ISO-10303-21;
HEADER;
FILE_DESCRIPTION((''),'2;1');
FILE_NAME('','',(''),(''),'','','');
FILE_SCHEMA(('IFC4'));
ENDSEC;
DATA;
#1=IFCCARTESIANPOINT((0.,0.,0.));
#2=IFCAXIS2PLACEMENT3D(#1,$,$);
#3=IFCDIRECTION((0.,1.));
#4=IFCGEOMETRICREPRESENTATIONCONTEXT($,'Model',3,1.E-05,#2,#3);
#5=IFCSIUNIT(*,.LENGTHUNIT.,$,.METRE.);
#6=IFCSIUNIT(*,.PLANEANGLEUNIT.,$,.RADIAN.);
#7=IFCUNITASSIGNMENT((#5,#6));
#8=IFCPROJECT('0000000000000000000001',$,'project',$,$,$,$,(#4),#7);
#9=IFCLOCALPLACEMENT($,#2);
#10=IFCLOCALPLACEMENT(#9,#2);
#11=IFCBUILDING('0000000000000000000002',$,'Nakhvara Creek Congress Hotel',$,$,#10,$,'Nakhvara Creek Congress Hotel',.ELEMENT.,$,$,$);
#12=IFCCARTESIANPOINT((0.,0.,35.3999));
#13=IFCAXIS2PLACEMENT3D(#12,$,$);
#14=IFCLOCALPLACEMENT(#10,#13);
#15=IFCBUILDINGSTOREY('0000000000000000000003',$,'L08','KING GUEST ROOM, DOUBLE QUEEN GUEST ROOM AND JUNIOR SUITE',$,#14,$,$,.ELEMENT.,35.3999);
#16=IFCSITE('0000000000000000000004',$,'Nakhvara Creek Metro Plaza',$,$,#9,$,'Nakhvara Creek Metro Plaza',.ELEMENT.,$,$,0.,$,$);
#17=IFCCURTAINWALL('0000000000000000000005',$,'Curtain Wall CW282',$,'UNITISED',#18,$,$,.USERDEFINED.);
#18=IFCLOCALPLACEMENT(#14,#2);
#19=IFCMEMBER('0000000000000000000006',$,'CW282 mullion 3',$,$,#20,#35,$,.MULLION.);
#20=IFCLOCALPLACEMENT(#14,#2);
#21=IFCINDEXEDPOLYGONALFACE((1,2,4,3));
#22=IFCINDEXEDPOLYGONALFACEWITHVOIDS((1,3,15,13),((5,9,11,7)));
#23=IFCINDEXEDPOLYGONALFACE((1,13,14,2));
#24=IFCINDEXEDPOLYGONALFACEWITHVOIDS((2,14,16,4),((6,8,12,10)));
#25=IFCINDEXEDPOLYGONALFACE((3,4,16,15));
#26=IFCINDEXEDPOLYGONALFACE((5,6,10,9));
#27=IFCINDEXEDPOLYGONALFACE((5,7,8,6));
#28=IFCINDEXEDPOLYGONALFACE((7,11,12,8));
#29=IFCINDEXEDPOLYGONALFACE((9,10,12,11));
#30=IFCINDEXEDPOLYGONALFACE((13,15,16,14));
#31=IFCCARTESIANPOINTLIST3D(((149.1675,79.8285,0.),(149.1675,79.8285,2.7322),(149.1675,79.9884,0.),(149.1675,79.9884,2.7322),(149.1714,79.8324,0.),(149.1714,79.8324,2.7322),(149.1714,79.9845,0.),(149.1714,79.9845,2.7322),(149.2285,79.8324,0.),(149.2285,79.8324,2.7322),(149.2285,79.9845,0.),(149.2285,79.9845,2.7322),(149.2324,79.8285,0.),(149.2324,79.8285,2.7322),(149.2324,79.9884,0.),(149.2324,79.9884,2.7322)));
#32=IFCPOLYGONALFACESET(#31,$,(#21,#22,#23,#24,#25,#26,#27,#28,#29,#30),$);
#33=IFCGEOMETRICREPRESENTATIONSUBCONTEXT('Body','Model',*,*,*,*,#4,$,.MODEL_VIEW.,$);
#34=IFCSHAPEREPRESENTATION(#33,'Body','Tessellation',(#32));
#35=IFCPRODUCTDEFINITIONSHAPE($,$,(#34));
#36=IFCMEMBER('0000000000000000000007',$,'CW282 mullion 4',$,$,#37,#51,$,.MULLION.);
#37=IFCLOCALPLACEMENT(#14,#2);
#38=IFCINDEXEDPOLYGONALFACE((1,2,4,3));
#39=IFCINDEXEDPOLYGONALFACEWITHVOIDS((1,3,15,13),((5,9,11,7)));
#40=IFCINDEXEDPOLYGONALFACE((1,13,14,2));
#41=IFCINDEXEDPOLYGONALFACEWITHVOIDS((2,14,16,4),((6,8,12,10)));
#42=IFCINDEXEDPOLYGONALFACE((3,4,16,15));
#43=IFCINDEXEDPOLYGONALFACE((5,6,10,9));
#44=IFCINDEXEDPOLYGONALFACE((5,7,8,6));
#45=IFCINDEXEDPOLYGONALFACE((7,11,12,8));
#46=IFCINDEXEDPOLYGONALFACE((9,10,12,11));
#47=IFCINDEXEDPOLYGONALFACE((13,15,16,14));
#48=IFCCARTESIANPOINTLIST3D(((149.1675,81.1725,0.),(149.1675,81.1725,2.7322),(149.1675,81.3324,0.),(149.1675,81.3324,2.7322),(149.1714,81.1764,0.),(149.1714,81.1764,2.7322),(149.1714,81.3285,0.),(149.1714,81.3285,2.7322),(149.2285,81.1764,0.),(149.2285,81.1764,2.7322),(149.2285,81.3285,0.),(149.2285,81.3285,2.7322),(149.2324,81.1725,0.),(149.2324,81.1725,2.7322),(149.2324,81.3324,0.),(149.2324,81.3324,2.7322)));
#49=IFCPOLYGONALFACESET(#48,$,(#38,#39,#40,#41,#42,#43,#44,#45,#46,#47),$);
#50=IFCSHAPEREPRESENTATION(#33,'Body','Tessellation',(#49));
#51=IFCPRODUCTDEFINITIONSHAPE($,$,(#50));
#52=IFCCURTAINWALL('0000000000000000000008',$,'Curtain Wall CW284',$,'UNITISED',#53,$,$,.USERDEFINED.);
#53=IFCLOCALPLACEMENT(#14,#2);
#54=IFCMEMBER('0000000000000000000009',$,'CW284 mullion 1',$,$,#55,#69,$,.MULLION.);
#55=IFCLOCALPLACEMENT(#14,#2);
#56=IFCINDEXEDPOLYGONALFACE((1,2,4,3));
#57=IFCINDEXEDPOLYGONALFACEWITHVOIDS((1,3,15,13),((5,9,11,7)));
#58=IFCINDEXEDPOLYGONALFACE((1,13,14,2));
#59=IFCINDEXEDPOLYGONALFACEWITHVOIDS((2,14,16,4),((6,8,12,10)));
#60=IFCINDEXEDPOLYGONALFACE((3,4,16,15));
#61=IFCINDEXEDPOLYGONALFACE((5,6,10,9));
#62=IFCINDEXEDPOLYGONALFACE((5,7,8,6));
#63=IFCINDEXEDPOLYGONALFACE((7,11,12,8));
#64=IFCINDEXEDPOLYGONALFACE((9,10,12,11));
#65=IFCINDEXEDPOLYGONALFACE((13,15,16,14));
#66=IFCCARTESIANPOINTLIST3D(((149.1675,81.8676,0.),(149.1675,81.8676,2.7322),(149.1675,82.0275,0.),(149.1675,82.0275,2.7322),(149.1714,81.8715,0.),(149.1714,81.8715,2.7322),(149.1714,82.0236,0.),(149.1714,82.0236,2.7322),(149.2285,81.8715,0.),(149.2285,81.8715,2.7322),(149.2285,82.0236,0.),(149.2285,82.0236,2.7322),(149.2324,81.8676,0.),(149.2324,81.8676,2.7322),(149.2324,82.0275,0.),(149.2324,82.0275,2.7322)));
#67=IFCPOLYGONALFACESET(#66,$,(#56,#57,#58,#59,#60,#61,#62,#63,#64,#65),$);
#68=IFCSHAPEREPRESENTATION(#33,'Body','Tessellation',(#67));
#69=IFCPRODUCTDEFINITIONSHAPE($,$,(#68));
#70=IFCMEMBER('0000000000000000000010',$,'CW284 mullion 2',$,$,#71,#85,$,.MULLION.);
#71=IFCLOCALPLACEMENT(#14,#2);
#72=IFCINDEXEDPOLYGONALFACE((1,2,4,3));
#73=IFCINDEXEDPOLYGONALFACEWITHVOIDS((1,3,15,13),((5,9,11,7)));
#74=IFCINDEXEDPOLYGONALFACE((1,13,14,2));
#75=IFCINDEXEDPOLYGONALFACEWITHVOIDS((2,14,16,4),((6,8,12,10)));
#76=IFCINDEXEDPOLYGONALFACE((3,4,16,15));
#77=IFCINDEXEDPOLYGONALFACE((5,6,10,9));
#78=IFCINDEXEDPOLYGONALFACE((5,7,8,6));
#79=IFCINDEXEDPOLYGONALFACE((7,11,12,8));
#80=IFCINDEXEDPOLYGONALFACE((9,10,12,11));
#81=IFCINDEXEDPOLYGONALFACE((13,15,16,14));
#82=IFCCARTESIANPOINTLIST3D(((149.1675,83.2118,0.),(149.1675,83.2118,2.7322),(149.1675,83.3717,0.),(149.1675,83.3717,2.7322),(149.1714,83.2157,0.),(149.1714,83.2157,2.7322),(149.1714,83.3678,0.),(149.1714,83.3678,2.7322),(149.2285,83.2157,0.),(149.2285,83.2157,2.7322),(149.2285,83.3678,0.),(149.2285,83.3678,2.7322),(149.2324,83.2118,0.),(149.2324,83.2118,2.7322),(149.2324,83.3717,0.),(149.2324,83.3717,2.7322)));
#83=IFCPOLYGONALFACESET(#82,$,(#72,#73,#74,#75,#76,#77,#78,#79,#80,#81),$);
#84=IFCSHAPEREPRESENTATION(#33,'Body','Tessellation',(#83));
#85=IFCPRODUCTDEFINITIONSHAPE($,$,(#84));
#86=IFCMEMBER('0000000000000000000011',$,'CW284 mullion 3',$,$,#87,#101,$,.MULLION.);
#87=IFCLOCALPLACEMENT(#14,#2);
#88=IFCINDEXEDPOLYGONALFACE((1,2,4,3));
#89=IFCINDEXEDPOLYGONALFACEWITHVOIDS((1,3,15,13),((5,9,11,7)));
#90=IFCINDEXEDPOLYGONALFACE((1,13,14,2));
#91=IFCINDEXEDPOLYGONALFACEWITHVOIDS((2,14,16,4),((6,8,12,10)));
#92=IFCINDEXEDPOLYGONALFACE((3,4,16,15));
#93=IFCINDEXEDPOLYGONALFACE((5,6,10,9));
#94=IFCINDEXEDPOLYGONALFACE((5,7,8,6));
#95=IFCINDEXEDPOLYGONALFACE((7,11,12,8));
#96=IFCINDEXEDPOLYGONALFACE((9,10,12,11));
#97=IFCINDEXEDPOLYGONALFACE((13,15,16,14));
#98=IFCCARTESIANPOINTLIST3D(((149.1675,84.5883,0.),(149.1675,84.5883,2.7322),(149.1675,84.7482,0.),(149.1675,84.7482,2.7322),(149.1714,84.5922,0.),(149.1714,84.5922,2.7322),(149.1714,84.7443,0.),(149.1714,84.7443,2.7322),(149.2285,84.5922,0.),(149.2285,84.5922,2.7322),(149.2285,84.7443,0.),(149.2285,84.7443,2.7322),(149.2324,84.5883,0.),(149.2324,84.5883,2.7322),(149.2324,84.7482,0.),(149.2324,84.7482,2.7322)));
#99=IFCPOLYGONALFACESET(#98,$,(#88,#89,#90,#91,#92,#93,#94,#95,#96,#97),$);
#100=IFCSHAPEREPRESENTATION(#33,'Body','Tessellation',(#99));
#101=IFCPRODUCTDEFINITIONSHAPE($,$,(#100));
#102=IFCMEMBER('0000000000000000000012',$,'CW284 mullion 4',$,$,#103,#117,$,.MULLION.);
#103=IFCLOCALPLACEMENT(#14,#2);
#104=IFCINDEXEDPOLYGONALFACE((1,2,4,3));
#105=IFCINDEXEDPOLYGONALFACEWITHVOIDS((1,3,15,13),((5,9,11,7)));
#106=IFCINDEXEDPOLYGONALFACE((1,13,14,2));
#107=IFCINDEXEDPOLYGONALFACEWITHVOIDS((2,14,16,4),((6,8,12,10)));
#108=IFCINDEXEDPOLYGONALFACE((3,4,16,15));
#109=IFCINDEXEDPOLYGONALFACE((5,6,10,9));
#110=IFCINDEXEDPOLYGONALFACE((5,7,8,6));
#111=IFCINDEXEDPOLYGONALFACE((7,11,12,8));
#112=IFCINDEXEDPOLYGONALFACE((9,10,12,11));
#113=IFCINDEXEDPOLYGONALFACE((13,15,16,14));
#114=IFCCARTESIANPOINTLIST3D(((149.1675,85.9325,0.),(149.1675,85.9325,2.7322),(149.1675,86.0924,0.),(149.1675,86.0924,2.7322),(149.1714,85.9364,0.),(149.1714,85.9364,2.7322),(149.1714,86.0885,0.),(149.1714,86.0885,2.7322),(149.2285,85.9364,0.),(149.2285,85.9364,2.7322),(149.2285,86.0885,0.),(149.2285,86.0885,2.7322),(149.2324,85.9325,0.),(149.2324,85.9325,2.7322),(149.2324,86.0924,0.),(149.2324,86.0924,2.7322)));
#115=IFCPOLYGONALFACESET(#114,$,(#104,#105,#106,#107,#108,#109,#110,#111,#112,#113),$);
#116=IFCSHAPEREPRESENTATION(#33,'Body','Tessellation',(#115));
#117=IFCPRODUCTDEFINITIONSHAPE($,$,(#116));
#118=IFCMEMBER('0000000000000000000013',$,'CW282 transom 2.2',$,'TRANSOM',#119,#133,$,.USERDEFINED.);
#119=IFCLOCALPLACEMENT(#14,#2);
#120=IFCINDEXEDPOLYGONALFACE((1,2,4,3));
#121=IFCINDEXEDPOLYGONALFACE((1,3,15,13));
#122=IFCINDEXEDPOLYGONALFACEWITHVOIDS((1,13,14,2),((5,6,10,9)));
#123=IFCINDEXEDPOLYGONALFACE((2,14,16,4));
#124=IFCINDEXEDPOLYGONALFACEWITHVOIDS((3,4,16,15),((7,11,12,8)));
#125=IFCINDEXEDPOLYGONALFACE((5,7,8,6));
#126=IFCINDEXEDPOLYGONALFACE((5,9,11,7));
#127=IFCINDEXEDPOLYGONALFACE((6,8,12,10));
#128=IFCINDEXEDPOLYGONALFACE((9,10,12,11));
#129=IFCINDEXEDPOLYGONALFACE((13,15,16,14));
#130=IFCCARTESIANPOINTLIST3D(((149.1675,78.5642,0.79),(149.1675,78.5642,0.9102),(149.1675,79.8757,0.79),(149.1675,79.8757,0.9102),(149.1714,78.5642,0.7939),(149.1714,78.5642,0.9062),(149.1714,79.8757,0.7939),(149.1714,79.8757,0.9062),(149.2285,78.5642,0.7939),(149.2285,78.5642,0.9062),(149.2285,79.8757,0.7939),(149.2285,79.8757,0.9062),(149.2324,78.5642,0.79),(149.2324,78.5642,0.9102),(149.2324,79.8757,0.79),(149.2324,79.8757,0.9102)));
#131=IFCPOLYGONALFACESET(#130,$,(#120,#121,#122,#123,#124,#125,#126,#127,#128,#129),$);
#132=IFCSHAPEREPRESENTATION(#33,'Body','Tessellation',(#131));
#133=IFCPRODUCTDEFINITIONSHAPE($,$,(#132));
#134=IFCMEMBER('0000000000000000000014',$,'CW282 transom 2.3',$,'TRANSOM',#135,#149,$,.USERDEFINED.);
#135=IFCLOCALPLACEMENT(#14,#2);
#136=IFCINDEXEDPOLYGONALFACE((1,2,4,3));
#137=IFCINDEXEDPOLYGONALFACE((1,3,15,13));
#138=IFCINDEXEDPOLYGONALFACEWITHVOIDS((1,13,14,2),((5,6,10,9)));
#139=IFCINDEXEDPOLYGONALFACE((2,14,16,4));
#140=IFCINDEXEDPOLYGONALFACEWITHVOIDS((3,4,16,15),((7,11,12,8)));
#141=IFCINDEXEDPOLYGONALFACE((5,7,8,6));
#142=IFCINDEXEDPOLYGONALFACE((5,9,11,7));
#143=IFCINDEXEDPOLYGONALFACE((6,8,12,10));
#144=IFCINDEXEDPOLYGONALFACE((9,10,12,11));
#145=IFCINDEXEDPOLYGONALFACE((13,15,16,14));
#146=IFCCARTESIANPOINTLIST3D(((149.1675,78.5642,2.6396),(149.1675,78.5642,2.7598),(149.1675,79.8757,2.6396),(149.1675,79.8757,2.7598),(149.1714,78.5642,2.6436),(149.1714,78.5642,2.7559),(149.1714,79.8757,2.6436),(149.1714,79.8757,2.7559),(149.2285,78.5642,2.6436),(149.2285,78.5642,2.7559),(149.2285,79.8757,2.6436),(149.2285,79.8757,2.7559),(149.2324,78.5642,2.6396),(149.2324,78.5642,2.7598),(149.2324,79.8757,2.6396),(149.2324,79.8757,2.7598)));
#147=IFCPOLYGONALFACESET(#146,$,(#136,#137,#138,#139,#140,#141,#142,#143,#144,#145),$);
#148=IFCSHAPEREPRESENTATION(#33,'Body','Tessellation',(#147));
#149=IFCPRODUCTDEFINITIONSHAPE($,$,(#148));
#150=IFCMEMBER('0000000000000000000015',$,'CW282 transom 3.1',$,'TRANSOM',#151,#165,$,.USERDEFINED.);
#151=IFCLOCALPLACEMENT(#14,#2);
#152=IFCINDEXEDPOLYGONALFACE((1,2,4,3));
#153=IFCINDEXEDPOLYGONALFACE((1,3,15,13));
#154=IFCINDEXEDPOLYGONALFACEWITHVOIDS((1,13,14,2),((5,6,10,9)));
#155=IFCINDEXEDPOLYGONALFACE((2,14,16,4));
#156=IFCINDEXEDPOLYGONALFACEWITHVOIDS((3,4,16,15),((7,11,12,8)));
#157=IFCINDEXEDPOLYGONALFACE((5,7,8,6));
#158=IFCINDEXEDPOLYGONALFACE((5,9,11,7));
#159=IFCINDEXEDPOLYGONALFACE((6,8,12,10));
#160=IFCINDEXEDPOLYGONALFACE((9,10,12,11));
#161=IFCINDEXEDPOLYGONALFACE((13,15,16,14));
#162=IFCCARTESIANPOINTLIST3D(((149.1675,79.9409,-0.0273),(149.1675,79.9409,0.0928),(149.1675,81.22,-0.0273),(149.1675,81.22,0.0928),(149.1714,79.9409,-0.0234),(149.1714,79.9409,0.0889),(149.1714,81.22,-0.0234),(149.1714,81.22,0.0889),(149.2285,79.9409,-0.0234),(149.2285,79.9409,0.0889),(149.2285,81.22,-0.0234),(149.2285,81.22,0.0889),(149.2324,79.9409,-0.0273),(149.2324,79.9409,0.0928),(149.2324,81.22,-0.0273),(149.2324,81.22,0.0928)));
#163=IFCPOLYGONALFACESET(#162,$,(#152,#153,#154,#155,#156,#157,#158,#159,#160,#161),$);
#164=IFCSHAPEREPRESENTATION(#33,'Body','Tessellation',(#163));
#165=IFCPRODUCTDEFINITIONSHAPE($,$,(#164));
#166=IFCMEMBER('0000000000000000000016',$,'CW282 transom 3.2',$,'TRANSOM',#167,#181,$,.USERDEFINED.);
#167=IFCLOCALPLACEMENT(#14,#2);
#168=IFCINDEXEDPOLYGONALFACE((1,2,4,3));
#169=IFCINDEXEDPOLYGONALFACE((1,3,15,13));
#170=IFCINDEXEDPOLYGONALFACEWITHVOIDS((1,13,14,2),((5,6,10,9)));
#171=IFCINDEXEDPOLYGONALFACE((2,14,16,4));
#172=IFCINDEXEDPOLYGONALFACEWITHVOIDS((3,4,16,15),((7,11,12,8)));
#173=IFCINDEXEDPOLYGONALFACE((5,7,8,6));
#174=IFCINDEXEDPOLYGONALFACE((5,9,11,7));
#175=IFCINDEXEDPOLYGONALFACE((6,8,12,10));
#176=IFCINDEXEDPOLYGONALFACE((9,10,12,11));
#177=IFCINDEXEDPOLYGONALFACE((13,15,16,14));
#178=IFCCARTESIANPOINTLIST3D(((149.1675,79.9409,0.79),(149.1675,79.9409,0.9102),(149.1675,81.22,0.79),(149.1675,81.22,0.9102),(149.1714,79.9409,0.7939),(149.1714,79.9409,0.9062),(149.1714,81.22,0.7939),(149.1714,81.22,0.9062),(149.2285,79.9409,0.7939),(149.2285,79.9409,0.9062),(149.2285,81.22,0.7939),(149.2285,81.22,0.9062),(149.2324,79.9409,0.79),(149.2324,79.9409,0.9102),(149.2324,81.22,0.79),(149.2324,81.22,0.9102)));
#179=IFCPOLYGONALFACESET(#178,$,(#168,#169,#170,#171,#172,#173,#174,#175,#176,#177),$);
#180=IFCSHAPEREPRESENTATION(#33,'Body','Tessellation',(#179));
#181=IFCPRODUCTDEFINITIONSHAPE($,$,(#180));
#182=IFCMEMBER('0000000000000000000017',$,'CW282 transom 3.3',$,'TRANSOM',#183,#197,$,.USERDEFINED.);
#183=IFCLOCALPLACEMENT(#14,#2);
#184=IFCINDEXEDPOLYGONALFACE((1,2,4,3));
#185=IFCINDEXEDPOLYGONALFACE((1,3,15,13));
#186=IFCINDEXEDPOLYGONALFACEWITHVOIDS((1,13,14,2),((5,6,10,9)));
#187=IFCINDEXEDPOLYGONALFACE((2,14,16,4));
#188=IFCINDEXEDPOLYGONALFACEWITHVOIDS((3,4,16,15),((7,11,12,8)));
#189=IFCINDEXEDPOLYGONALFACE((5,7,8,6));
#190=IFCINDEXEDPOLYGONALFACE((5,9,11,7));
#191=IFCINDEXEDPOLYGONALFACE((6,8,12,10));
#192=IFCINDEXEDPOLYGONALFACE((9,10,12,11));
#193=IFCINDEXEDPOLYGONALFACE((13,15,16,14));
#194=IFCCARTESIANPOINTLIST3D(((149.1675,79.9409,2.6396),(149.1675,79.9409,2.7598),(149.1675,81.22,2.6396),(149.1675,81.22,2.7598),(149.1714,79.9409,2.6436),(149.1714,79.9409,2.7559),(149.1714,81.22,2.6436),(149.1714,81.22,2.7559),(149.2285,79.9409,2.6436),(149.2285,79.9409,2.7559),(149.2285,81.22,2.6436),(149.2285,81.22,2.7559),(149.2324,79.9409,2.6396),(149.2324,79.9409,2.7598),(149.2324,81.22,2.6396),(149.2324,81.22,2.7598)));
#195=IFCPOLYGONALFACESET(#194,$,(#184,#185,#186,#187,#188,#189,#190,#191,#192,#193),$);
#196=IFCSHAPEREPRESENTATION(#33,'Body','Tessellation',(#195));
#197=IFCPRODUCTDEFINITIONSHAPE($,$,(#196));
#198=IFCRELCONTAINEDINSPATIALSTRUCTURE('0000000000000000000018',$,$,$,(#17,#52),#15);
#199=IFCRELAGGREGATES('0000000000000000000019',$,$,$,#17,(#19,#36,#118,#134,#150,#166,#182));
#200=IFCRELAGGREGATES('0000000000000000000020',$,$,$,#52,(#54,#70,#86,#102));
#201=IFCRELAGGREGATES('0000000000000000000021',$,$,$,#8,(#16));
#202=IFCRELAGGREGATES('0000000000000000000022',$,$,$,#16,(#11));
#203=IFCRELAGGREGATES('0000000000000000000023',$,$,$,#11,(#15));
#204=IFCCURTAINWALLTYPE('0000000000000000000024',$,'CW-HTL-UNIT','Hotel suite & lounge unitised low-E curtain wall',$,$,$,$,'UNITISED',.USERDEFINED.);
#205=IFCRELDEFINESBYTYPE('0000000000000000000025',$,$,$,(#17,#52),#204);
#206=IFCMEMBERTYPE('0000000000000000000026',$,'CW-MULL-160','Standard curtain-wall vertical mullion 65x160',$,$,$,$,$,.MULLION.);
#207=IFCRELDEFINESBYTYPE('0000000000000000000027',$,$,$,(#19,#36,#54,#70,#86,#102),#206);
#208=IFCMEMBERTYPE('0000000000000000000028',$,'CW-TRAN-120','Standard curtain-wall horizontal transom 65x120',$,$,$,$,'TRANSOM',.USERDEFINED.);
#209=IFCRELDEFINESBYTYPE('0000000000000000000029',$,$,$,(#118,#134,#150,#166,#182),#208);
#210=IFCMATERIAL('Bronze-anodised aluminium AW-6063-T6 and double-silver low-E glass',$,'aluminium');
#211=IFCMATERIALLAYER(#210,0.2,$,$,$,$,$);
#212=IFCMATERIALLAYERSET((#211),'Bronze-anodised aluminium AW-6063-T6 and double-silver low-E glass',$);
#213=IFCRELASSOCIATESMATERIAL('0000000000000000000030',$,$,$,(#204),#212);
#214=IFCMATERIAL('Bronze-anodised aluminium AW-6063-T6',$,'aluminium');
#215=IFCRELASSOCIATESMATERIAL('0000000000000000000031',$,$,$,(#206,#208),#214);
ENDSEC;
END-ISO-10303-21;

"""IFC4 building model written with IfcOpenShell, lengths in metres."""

from ifc_helpers import new_model, si_unit, direction, frame, origin, origin_2d, place, context, subcontext, project, spatial, hollow_rectangle, extrude, material, layer, layer_set, material_profile, profile_set, type_object, element, aggregate, save


model = new_model("IFC4")

# Units and contexts
model_context = context("Model", 3, precision=1e-05, world=origin(), true_north=direction((0.0, 1.0)))
body_context = subcontext(model_context, "Body", "Model", "MODEL_VIEW")
ifc_project = project(units=[si_unit("LENGTHUNIT", "METRE"), si_unit("PLANEANGLEUNIT", "RADIAN")], contexts=[model_context])

# Site, building, storey
site_placement = place(None, origin())
site = spatial("IfcSite", under=ifc_project, at=site_placement, Name="Nakhvara Creek Metro Plaza", LongName="Nakhvara Creek Metro Plaza", CompositionType="ELEMENT", RefElevation=0.0)
building_placement = place(site_placement, origin())
building = spatial("IfcBuilding", under=site, at=building_placement, Name="Nakhvara Creek Congress Hotel", LongName="Nakhvara Creek Congress Hotel", CompositionType="ELEMENT")
storey_placement = place(building_placement, frame((0.0, 0.0, 35.3999)))
storey = spatial("IfcBuildingStorey", under=building, at=storey_placement, Name="L08", Description="KING GUEST ROOM, DOUBLE QUEEN GUEST ROOM AND JUNIOR SUITE", CompositionType="ELEMENT", Elevation=35.3999)

# Curtain walls, members
ifc_material_1 = material(Name="Bronze-anodised aluminium AW-6063-T6 and double-silver low-E glass", Category="aluminium")
ifc_layer = layer(ifc_material_1, 0.2)
ifc_layer_set = layer_set([ifc_layer], Name="Bronze-anodised aluminium AW-6063-T6 and double-silver low-E glass")
curtain_wall_type = type_object("IfcCurtainWallType", Name="CW-HTL-UNIT", Description="Hotel suite & lounge unitised low-E curtain wall", ElementType="UNITISED", PredefinedType="USERDEFINED", material=ifc_layer_set)
curtain_wall_1_placement = place(storey_placement, origin())
curtain_wall_1 = element("IfcCurtainWall", 1, at=curtain_wall_1_placement, inside=storey, type_object=curtain_wall_type, Name="Curtain Wall CW282", ObjectType="UNITISED", PredefinedType="USERDEFINED")
ifc_material_2 = material(Name="Bronze-anodised aluminium AW-6063-T6", Category="aluminium")
ifc_material_profile_1 = material_profile(ifc_material_2, hollow_rectangle(XDim=0.0649, YDim=0.1599, WallThickness=0.0039, at=origin_2d()), Name="ALU-MULL 65x160x4", Category="LoadBearing")
ifc_profile_set_1 = profile_set([ifc_material_profile_1], Name="Bronze-anodised aluminium AW-6063-T6")
member_type_1 = type_object("IfcMemberType", Name="CW-MULL-160", Description="Standard curtain-wall vertical mullion 65x160", PredefinedType="MULLION", material=ifc_profile_set_1)
member_1_placement = place(storey_placement, frame((149.2, 79.9084, 0.0), z_axis=(0.0, 0.0, 1.0), x_axis=(-1.0, 0.0, 0.0)))
member_1 = element("IfcMember", 2, at=member_1_placement, type_object=member_type_1, Name="CW282 mullion 3", PredefinedType="MULLION", context=body_context, shape_type="SweptSolid", body=[
    extrude(hollow_rectangle(XDim=0.0649, YDim=0.1599, WallThickness=0.0039, at=origin_2d()), origin(), (0.0, 0.0, 1.0), 2.7322),
])
member_2_placement = place(storey_placement, frame((149.2, 81.2524, 0.0), z_axis=(0.0, 0.0, 1.0), x_axis=(-1.0, 0.0, 0.0)))
member_2 = element("IfcMember", 3, at=member_2_placement, type_object=member_type_1, Name="CW282 mullion 4", PredefinedType="MULLION", context=body_context, shape_type="SweptSolid", body=[
    extrude(hollow_rectangle(XDim=0.0649, YDim=0.1599, WallThickness=0.0039, at=origin_2d()), origin(), (0.0, 0.0, 1.0), 2.7322),
])
curtain_wall_2_placement = place(storey_placement, origin())
curtain_wall_2 = element("IfcCurtainWall", 4, at=curtain_wall_2_placement, inside=storey, type_object=curtain_wall_type, Name="Curtain Wall CW284", ObjectType="UNITISED", PredefinedType="USERDEFINED")
member_3_placement = place(storey_placement, frame((149.2, 81.9475, 0.0), z_axis=(0.0, 0.0, 1.0), x_axis=(-1.0, 0.0, 0.0)))
member_3 = element("IfcMember", 5, at=member_3_placement, type_object=member_type_1, Name="CW284 mullion 1", PredefinedType="MULLION", context=body_context, shape_type="SweptSolid", body=[
    extrude(hollow_rectangle(XDim=0.0649, YDim=0.1599, WallThickness=0.0039, at=origin_2d()), origin(), (0.0, 0.0, 1.0), 2.7322),
])
member_4_placement = place(storey_placement, frame((149.2, 83.2917, 0.0), z_axis=(0.0, 0.0, 1.0), x_axis=(-1.0, 0.0, 0.0)))
member_4 = element("IfcMember", 6, at=member_4_placement, type_object=member_type_1, Name="CW284 mullion 2", PredefinedType="MULLION", context=body_context, shape_type="SweptSolid", body=[
    extrude(hollow_rectangle(XDim=0.0649, YDim=0.1599, WallThickness=0.0039, at=origin_2d()), origin(), (0.0, 0.0, 1.0), 2.7322),
])
member_5_placement = place(storey_placement, frame((149.2, 84.6682, 0.0), z_axis=(0.0, 0.0, 1.0), x_axis=(-1.0, 0.0, 0.0)))
member_5 = element("IfcMember", 7, at=member_5_placement, type_object=member_type_1, Name="CW284 mullion 3", PredefinedType="MULLION", context=body_context, shape_type="SweptSolid", body=[
    extrude(hollow_rectangle(XDim=0.0649, YDim=0.1599, WallThickness=0.0039, at=origin_2d()), origin(), (0.0, 0.0, 1.0), 2.7322),
])
member_6_placement = place(storey_placement, frame((149.2, 86.0125, 0.0), z_axis=(0.0, 0.0, 1.0), x_axis=(-1.0, 0.0, 0.0)))
member_6 = element("IfcMember", 8, at=member_6_placement, type_object=member_type_1, Name="CW284 mullion 4", PredefinedType="MULLION", context=body_context, shape_type="SweptSolid", body=[
    extrude(hollow_rectangle(XDim=0.0649, YDim=0.1599, WallThickness=0.0039, at=origin_2d()), origin(), (0.0, 0.0, 1.0), 2.7322),
])

# Members
ifc_material_profile_2 = material_profile(ifc_material_2, hollow_rectangle(XDim=0.0649, YDim=0.1201, WallThickness=0.0039, at=origin_2d()), Name="ALU-TRAN 65x120x4", Category="LoadBearing")
ifc_profile_set_2 = profile_set([ifc_material_profile_2], Name="Bronze-anodised aluminium AW-6063-T6")
member_type_2 = type_object("IfcMemberType", Name="CW-TRAN-120", Description="Standard curtain-wall horizontal transom 65x120", ElementType="TRANSOM", PredefinedType="USERDEFINED", material=ifc_profile_set_2)
member_7_placement = place(storey_placement, frame((149.2, 78.5642, 0.8501), z_axis=(0.0, 1.0, 0.0), x_axis=(-1.0, 0.0, 0.0)))
member_7 = element("IfcMember", 9, at=member_7_placement, type_object=member_type_2, Name="CW282 transom 2.2", ObjectType="TRANSOM", PredefinedType="USERDEFINED", context=body_context, shape_type="SweptSolid", body=[
    extrude(hollow_rectangle(XDim=0.0649, YDim=0.1201, WallThickness=0.0039, at=origin_2d()), origin(), (0.0, 0.0, 1.0), 1.3115),
])
member_8_placement = place(storey_placement, frame((149.2, 78.5642, 2.6997), z_axis=(0.0, 1.0, 0.0), x_axis=(-1.0, 0.0, 0.0)))
member_8 = element("IfcMember", 10, at=member_8_placement, type_object=member_type_2, Name="CW282 transom 2.3", ObjectType="TRANSOM", PredefinedType="USERDEFINED", context=body_context, shape_type="SweptSolid", body=[
    extrude(hollow_rectangle(XDim=0.0649, YDim=0.1201, WallThickness=0.0039, at=origin_2d()), origin(), (0.0, 0.0, 1.0), 1.3115),
])
member_9_placement = place(storey_placement, frame((149.2, 79.9409, 0.0327), z_axis=(0.0, 1.0, 0.0), x_axis=(-1.0, 0.0, 0.0)))
member_9 = element("IfcMember", 11, at=member_9_placement, type_object=member_type_2, Name="CW282 transom 3.1", ObjectType="TRANSOM", PredefinedType="USERDEFINED", context=body_context, shape_type="SweptSolid", body=[
    extrude(hollow_rectangle(XDim=0.0649, YDim=0.1201, WallThickness=0.0039, at=origin_2d()), origin(), (0.0, 0.0, 1.0), 1.2791),
])
member_10_placement = place(storey_placement, frame((149.2, 79.9409, 0.8501), z_axis=(0.0, 1.0, 0.0), x_axis=(-1.0, 0.0, 0.0)))
member_10 = element("IfcMember", 12, at=member_10_placement, type_object=member_type_2, Name="CW282 transom 3.2", ObjectType="TRANSOM", PredefinedType="USERDEFINED", context=body_context, shape_type="SweptSolid", body=[
    extrude(hollow_rectangle(XDim=0.0649, YDim=0.1201, WallThickness=0.0039, at=origin_2d()), origin(), (0.0, 0.0, 1.0), 1.2791),
])
member_11_placement = place(storey_placement, frame((149.2, 79.9409, 2.6997), z_axis=(0.0, 1.0, 0.0), x_axis=(-1.0, 0.0, 0.0)))
member_11 = element("IfcMember", 13, at=member_11_placement, type_object=member_type_2, Name="CW282 transom 3.3", ObjectType="TRANSOM", PredefinedType="USERDEFINED", context=body_context, shape_type="SweptSolid", body=[
    extrude(hollow_rectangle(XDim=0.0649, YDim=0.1201, WallThickness=0.0039, at=origin_2d()), origin(), (0.0, 0.0, 1.0), 1.2791),
])

aggregate(curtain_wall_1, [member_1, member_2, member_7, member_8, member_9, member_10, member_11])
aggregate(curtain_wall_2, [member_3, member_4, member_5, member_6])

save(model, "model.ifc")
